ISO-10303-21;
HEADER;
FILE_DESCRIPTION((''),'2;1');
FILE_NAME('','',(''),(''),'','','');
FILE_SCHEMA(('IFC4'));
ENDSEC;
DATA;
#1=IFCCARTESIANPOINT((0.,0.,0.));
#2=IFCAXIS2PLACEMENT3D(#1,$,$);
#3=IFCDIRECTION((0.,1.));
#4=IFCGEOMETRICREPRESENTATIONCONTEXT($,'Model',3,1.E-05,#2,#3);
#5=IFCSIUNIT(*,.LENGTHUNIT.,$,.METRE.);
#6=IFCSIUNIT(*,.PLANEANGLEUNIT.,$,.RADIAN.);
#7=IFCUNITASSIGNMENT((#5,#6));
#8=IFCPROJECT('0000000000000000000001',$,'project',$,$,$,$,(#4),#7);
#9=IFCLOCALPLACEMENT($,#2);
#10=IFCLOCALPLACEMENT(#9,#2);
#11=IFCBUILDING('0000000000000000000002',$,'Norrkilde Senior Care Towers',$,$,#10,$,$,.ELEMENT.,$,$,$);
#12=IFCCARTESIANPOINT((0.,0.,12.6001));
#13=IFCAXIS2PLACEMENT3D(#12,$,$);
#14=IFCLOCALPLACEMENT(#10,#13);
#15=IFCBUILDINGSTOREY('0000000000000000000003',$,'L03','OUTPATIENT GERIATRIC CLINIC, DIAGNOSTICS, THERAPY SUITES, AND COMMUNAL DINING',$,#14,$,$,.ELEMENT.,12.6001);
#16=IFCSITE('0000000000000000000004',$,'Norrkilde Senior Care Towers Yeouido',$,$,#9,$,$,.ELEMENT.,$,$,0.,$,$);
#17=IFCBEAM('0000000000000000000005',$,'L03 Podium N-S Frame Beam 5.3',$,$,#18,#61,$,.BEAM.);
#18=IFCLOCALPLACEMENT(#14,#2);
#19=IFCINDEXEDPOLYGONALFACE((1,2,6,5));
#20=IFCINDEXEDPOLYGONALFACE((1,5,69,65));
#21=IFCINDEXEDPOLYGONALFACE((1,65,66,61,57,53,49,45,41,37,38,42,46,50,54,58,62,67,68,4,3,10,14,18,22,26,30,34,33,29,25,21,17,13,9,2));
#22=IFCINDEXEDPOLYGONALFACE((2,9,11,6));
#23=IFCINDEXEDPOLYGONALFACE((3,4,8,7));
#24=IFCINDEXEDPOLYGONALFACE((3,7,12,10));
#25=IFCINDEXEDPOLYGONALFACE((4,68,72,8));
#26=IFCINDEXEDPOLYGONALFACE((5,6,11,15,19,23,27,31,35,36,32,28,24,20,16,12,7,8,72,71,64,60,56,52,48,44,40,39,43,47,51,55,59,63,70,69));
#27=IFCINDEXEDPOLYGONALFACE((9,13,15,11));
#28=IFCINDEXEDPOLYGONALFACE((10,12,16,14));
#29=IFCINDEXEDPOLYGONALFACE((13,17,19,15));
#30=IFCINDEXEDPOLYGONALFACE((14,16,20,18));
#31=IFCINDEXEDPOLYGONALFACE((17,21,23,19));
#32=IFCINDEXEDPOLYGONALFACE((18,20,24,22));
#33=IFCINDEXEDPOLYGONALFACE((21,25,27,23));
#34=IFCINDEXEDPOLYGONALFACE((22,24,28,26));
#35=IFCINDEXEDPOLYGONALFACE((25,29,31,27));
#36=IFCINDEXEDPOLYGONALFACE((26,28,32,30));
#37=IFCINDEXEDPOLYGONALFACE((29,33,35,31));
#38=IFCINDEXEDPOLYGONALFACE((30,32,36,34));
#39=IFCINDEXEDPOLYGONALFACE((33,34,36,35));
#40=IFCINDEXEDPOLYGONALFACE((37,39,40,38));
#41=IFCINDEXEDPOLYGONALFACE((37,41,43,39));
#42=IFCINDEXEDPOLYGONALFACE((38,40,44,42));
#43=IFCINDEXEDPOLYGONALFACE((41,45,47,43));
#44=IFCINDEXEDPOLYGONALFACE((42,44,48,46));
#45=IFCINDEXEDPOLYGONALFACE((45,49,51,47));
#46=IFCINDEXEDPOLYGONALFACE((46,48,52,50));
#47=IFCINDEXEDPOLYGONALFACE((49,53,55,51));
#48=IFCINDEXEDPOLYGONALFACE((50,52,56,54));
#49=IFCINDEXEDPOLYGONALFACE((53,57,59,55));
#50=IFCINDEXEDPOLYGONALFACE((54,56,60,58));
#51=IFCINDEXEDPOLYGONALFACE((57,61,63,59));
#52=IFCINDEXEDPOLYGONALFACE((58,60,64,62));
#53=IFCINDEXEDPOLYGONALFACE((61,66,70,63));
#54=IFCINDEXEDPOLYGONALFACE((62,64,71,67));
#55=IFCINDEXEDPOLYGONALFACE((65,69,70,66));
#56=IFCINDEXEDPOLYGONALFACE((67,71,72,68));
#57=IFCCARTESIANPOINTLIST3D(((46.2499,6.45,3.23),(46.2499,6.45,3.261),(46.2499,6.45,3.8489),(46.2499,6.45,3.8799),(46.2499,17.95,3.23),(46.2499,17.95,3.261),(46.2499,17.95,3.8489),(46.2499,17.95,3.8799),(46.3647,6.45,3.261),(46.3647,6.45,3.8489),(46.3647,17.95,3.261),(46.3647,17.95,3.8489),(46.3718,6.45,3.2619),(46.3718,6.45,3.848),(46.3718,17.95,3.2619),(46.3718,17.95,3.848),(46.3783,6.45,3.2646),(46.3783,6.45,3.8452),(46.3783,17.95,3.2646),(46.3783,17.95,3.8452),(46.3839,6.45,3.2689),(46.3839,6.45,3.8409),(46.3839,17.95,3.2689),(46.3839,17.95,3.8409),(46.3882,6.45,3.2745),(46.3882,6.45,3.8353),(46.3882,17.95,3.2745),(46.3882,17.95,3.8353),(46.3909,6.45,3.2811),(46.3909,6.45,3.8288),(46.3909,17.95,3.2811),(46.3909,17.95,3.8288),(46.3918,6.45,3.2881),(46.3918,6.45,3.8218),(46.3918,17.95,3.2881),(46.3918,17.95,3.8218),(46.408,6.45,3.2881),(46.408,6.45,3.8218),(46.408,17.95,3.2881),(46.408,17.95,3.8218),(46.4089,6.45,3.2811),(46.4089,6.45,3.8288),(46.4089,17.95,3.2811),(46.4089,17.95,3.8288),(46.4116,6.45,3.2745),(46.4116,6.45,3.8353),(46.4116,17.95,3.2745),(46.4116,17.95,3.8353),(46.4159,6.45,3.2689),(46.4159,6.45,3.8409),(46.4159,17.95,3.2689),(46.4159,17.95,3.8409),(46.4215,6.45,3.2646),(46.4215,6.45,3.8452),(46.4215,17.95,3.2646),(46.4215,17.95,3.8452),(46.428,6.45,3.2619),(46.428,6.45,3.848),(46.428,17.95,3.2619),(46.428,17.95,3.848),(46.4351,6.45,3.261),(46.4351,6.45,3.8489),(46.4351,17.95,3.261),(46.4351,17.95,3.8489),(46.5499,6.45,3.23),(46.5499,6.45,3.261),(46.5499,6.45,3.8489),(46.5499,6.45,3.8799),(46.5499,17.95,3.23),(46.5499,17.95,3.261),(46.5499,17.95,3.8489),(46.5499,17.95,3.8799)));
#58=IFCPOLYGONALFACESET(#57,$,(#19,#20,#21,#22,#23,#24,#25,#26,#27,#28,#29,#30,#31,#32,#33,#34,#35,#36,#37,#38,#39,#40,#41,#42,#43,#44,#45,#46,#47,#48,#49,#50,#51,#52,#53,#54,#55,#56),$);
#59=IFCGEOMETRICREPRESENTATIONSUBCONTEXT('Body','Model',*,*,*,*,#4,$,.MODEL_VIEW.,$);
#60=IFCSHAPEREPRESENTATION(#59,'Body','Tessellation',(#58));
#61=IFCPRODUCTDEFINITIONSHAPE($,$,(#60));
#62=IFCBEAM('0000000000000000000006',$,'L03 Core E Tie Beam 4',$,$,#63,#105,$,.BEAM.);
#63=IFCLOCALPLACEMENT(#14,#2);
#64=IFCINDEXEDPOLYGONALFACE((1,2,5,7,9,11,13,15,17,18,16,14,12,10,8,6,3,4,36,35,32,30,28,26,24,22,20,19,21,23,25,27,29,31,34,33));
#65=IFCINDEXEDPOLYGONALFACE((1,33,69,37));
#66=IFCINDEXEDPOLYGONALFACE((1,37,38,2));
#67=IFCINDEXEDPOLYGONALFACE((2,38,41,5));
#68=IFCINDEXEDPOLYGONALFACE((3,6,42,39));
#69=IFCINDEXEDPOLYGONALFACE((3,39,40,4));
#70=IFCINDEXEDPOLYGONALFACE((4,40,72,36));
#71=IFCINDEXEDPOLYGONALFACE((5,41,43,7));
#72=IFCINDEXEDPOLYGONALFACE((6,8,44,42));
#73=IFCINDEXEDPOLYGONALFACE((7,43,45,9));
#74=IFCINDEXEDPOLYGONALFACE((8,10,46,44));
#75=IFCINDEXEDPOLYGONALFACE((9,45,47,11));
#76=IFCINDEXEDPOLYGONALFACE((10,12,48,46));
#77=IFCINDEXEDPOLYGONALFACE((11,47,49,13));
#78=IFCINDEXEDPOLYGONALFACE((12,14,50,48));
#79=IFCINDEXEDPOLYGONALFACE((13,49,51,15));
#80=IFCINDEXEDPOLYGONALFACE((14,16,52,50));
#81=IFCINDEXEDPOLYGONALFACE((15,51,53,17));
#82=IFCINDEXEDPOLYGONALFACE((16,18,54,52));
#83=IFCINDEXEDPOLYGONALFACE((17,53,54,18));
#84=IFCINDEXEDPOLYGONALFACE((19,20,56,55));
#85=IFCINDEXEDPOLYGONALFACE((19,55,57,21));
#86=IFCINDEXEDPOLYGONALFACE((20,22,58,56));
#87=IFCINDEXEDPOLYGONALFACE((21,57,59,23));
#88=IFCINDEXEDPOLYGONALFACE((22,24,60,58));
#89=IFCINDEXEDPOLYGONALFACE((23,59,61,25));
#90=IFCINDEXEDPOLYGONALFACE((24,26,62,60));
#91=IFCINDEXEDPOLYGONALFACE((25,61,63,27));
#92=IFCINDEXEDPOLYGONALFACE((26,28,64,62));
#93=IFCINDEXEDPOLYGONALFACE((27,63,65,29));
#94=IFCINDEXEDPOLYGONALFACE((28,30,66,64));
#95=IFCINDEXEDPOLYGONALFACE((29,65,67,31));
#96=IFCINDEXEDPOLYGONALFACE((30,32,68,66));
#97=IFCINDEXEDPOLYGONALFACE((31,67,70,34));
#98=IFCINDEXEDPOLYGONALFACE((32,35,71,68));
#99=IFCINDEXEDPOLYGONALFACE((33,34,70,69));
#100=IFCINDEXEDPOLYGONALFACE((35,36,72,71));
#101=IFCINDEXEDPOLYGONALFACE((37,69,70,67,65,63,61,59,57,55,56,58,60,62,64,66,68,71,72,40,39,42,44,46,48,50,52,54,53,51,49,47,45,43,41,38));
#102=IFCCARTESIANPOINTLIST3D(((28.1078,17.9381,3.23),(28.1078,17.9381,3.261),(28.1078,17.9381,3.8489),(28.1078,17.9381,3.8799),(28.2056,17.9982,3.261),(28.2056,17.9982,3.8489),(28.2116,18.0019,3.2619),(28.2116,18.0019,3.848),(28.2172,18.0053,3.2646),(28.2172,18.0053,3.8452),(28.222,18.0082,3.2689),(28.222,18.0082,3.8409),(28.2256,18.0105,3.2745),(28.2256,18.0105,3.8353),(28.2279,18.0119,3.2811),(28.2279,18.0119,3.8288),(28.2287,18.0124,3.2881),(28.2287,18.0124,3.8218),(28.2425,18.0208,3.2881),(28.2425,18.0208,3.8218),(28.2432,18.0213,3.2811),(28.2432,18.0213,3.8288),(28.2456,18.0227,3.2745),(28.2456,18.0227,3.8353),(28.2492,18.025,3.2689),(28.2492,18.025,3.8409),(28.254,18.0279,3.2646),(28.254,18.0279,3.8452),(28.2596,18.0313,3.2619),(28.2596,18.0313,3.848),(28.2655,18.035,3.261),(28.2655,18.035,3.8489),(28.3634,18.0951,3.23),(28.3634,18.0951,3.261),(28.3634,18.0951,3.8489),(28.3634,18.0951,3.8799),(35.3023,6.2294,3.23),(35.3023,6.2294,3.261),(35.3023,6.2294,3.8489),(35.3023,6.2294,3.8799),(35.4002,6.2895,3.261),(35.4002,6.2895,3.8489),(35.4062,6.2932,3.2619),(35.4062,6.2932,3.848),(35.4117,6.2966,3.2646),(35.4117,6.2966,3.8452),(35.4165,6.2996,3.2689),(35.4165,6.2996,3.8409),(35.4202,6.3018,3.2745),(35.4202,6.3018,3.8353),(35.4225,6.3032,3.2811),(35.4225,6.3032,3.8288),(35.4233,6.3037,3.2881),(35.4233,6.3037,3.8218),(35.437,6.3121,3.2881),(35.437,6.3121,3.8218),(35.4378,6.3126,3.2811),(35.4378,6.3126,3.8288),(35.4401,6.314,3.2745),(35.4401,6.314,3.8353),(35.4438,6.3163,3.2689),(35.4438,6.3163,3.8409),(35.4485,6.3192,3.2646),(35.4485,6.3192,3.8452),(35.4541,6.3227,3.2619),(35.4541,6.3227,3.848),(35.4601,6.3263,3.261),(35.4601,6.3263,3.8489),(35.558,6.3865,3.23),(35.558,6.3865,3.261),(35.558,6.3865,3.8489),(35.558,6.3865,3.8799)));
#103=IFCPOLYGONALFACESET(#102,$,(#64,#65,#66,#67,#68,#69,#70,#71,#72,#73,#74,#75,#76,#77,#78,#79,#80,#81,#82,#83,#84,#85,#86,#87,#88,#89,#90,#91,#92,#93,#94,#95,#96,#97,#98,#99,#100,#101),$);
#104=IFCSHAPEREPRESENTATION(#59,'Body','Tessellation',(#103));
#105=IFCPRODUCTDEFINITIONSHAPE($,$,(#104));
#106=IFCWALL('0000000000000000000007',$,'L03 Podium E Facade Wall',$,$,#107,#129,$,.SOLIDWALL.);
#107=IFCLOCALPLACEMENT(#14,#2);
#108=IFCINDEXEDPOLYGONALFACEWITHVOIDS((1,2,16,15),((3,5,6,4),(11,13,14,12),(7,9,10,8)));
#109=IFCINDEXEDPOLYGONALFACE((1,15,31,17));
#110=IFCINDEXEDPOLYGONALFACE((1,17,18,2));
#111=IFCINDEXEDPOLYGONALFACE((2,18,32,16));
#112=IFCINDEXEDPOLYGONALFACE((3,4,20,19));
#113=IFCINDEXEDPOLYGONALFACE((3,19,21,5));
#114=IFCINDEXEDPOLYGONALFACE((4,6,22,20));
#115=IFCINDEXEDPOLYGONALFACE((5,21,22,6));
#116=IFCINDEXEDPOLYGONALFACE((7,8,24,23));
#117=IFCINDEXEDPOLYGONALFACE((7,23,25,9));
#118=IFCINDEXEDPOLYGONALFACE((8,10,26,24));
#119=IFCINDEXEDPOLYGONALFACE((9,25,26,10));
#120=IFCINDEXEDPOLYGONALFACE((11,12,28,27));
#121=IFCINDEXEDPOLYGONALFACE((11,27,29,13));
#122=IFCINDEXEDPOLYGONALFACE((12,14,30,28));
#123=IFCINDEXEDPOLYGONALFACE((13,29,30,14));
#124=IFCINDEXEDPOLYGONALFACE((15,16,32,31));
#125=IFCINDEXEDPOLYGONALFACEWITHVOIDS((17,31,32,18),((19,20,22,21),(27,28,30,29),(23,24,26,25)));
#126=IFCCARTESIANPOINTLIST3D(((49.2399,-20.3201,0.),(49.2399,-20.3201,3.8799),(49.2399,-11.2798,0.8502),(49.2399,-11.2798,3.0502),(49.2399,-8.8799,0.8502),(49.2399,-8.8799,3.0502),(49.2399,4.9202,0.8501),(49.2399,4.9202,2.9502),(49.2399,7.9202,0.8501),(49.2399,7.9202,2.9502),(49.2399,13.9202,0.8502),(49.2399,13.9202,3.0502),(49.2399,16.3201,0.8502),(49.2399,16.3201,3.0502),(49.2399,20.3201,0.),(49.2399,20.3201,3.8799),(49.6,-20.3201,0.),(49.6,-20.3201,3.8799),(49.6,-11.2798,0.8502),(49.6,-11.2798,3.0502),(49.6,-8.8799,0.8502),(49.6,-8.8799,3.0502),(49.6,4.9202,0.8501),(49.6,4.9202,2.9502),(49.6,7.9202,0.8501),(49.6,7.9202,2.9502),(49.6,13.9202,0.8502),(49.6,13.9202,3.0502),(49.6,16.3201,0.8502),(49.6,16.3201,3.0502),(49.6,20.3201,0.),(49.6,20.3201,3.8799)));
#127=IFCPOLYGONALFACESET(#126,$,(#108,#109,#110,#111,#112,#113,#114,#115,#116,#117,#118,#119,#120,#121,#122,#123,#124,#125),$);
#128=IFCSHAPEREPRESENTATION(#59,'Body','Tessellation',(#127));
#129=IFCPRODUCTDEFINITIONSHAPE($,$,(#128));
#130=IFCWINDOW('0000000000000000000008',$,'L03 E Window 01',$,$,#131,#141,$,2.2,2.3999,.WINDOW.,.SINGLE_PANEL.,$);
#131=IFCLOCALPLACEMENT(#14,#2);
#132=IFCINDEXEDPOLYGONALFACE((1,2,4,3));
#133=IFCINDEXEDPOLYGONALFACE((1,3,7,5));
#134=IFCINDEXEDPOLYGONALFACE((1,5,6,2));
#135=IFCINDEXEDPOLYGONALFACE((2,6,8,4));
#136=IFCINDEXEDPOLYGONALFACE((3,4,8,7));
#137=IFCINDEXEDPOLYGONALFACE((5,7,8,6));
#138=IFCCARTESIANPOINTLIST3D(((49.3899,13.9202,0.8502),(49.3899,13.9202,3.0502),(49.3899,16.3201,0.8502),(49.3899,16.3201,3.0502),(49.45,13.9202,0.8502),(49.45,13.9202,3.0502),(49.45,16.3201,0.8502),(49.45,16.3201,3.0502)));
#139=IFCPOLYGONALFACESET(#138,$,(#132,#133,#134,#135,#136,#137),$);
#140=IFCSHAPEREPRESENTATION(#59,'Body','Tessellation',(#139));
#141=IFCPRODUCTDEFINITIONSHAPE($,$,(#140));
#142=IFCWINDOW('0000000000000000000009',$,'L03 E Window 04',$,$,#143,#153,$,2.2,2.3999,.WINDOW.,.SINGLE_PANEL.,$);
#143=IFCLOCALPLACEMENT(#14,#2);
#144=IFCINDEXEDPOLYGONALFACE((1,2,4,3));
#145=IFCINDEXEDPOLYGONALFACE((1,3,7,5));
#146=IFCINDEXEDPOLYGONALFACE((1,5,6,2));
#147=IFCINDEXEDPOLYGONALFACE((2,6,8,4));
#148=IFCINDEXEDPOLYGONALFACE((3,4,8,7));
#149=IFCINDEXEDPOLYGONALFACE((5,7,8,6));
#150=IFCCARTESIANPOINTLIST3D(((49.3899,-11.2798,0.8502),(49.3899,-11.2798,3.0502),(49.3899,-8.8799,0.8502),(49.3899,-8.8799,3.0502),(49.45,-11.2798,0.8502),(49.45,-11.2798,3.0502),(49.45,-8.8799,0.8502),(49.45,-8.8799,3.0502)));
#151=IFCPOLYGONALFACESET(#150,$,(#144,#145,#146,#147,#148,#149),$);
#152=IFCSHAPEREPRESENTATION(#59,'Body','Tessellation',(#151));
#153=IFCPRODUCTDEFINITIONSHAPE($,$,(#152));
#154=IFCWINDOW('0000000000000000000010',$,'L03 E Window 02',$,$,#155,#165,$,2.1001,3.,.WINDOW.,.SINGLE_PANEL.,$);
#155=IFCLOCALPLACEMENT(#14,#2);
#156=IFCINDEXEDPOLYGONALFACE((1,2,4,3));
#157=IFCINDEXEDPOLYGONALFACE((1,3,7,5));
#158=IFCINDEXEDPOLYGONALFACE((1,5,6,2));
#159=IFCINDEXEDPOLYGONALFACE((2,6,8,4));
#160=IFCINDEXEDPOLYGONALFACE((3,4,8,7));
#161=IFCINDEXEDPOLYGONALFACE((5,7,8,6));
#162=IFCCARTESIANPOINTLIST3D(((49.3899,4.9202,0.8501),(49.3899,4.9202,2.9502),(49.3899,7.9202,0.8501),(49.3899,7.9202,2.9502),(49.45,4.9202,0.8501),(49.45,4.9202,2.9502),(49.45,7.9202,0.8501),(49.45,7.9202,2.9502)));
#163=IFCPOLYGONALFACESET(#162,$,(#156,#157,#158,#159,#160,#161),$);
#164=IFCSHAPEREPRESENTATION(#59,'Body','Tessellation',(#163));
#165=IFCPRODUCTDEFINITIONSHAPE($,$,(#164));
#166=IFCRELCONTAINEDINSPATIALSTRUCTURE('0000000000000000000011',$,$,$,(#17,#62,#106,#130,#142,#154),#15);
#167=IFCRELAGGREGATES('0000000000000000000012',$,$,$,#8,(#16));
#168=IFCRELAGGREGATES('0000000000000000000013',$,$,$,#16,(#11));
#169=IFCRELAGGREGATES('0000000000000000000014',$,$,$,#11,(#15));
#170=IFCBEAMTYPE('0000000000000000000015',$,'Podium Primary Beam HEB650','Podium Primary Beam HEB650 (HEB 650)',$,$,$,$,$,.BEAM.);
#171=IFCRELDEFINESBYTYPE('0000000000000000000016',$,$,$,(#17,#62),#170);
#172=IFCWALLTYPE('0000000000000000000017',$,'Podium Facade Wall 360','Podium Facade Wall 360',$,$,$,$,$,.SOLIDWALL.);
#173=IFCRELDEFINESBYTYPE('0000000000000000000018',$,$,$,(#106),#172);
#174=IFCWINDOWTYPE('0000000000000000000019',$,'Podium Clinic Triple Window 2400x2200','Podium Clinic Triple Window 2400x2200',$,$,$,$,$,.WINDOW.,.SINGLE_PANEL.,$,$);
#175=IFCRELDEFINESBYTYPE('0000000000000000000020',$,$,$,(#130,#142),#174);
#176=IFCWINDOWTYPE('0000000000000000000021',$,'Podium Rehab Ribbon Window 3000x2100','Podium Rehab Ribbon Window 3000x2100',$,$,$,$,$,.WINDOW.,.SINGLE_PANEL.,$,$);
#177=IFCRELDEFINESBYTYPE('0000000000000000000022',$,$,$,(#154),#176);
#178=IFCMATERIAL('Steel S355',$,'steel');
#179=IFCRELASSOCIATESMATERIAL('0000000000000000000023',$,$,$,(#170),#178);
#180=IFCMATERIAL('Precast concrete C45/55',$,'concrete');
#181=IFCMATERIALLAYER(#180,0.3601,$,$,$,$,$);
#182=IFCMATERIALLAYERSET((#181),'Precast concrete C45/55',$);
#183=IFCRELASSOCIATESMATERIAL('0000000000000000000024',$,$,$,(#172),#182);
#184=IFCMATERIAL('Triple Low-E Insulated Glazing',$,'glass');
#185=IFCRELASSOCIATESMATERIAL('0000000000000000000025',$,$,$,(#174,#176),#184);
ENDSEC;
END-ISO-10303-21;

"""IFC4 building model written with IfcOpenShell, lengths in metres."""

from ifc_helpers import new_model, si_unit, direction, frame, frame_2d, origin, origin_2d, place, context, subcontext, project, spatial, rectangle, i_section, extrude, source, transform, mapped, material, layer, layer_set, material_profile, profile_set, type_object, type_shapes, element, fill, save


model = new_model("IFC4")

# Units and contexts
model_context = context("Model", 3, precision=1e-05, world=origin(), true_north=direction((0.0, 1.0)))
body_context = subcontext(model_context, "Body", "Model", "MODEL_VIEW")
ifc_project = project(units=[si_unit("LENGTHUNIT", "METRE"), si_unit("PLANEANGLEUNIT", "RADIAN")], contexts=[model_context])

# Site, building, storey
site_placement = place(None, origin())
site = spatial("IfcSite", under=ifc_project, at=site_placement, Name="Norrkilde Senior Care Towers Yeouido", CompositionType="ELEMENT", RefElevation=0.0)
building_placement = place(site_placement, origin())
building = spatial("IfcBuilding", under=site, at=building_placement, Name="Norrkilde Senior Care Towers", CompositionType="ELEMENT")
storey_placement = place(building_placement, frame((0.0, 0.0, 12.6001)))
storey = spatial("IfcBuildingStorey", under=building, at=storey_placement, Name="L03", Description="OUTPATIENT GERIATRIC CLINIC, DIAGNOSTICS, THERAPY SUITES, AND COMMUNAL DINING", CompositionType="ELEMENT", Elevation=12.6001)

# Beams
ifc_material_1 = material(Name="Steel S355", Category="steel")
ifc_material_profile_1 = material_profile(ifc_material_1, i_section(OverallWidth=0.3, OverallDepth=0.6499, WebThickness=0.0161, FlangeThickness=0.031, FilletRadius=0.0271, at=origin_2d()), Name="HEB 650")
ifc_profile_set_1 = profile_set([ifc_material_profile_1], Name="Steel S355")
beam_type = type_object("IfcBeamType", Name="Podium Primary Beam HEB650", Description="Podium Primary Beam HEB650 (HEB 650)", PredefinedType="BEAM", material=ifc_profile_set_1)
shared_shape_1 = source(origin(), body_context, "Body", "SweptSolid", [
    extrude(i_section(OverallWidth=0.3, OverallDepth=0.6499, WebThickness=0.0161, FlangeThickness=0.031, FilletRadius=0.0271, at=origin_2d()), origin(), (0.0, 0.0, 1.0), 11.5),
])
beam_1_placement = place(storey_placement, frame((46.3999, 6.45, 3.5549), z_axis=(0.0, 1.0, 0.0), x_axis=(-1.0, 0.0, 0.0)))
element("IfcBeam", 1, at=beam_1_placement, inside=storey, type_object=beam_type, Name="L03 Podium N-S Frame Beam 5.3", PredefinedType="BEAM", context=body_context, shape_type="MappedRepresentation", body=[
    mapped(shared_shape_1, transform((0.0, 0.0, 0.0), x_axis=(1.0, 0.0, 0.0), y_axis=(0.0, 1.0, 0.0), z_axis=(0.0, 0.0, 1.0), scale=1.0)),
])
shared_shape_2 = source(origin(), body_context, "Body", "SweptSolid", [
    extrude(i_section(OverallWidth=0.3, OverallDepth=0.6499, WebThickness=0.0161, FlangeThickness=0.031, FilletRadius=0.0271, at=origin_2d()), origin(), (0.0, 0.0, 1.0), 13.7424),
])
beam_2_placement = place(storey_placement, frame((28.2356, 18.0166, 3.5549), z_axis=(0.523527, -0.852009, 0.0), x_axis=(0.852009, 0.523527, 0.0)))
element("IfcBeam", 2, at=beam_2_placement, inside=storey, type_object=beam_type, Name="L03 Core E Tie Beam 4", PredefinedType="BEAM", context=body_context, shape_type="MappedRepresentation", body=[
    mapped(shared_shape_2, transform((0.0, 0.0, 0.0), x_axis=(1.0, 0.0, 0.0), y_axis=(0.0, 1.0, 0.0), z_axis=(0.0, 0.0, 1.0), scale=1.0)),
])

# Wall, openings, windows
ifc_material_2 = material(Name="Precast concrete C45/55", Category="concrete")
ifc_layer_1 = layer(ifc_material_2, 0.3601)
ifc_layer_set_1 = layer_set([ifc_layer_1], Name="Precast concrete C45/55")
wall_type_1 = type_object("IfcWallType", Name="Podium Facade Wall 360", Description="Podium Facade Wall 360", PredefinedType="SOLIDWALL", material=ifc_layer_set_1)
shared_shape_3 = source(origin(), body_context, "Body", "SweptSolid", [
    extrude(rectangle(XDim=40.6401, YDim=0.3601, at=frame_2d((20.3201, 0.0))), origin(), (0.0, 0.0, 1.0), 3.8799),
])
type_shapes(wall_type_1, [shared_shape_3])
wall_1_placement = place(storey_placement, frame((49.4199, 20.3201, 0.0), z_axis=(0.0, 0.0, 1.0), x_axis=(0.0, -1.0, 0.0)))
wall_1 = element("IfcWall", 3, at=wall_1_placement, inside=storey, type_object=wall_type_1, Name="L03 Podium E Facade Wall", PredefinedType="SOLIDWALL", context=body_context, shape_type="MappedRepresentation", body=[
    mapped(shared_shape_3, transform((0.0, 0.0, 0.0), x_axis=(1.0, 0.0, 0.0), y_axis=(0.0, 1.0, 0.0), z_axis=(0.0, 0.0, 1.0), scale=1.0)),
])
opening_1_placement = place(wall_1_placement, frame((4.0, 0.0, 0.8501)))
opening_1 = element("IfcOpeningElement", 4, at=opening_1_placement, cuts=wall_1, PredefinedType="OPENING", context=body_context, shape_type="SweptSolid", body=[
    extrude(rectangle(XDim=2.3999, YDim=2.2, at=frame_2d((1.2, 1.1001))), frame((0.0, 0.1899, 0.0), z_axis=(0.0, -1.0, 0.0), x_axis=(1.0, 0.0, 0.0)), (0.0, 0.0, 1.0), 0.3801),
])
opening_2_placement = place(wall_1_placement, frame((12.3999, 0.0, 0.8501)))
opening_2 = element("IfcOpeningElement", 5, at=opening_2_placement, cuts=wall_1, PredefinedType="OPENING", context=body_context, shape_type="SweptSolid", body=[
    extrude(rectangle(XDim=3.0, YDim=2.1001, at=frame_2d((1.5, 1.05))), frame((0.0, 0.1899, 0.0), z_axis=(0.0, -1.0, 0.0), x_axis=(1.0, 0.0, 0.0)), (0.0, 0.0, 1.0), 0.3801),
])
opening_3_placement = place(wall_1_placement, frame((29.2, 0.0, 0.8501)))
opening_3 = element("IfcOpeningElement", 6, at=opening_3_placement, cuts=wall_1, PredefinedType="OPENING", context=body_context, shape_type="SweptSolid", body=[
    extrude(rectangle(XDim=2.3999, YDim=2.2, at=frame_2d((1.2, 1.1001))), frame((0.0, 0.1899, 0.0), z_axis=(0.0, -1.0, 0.0), x_axis=(1.0, 0.0, 0.0)), (0.0, 0.0, 1.0), 0.3801),
])
ifc_material_3 = material(Name="Triple Low-E Insulated Glazing", Category="glass")
window_type_1 = type_object("IfcWindowType", Name="Podium Clinic Triple Window 2400x2200", Description="Podium Clinic Triple Window 2400x2200", PartitioningType="SINGLE_PANEL", PredefinedType="WINDOW", material=ifc_material_3)
shared_shape_4 = source(origin(), body_context, "Body", "SweptSolid", [
    extrude(rectangle(XDim=2.3999, YDim=2.2, at=frame_2d((1.2, 1.1001))), frame((0.0, 0.03, 0.0), z_axis=(0.0, -1.0, 0.0), x_axis=(1.0, 0.0, 0.0)), (0.0, 0.0, 1.0), 0.0601),
])
type_shapes(window_type_1, [shared_shape_4])
window_1_placement = place(opening_1_placement, origin())
window_1 = element("IfcWindow", 7, at=window_1_placement, inside=storey, type_object=window_type_1, Name="L03 E Window 01", OverallHeight=2.2, OverallWidth=2.3999, PartitioningType="SINGLE_PANEL", PredefinedType="WINDOW", context=body_context, shape_type="MappedRepresentation", body=[
    mapped(shared_shape_4, transform((0.0, 0.0, 0.0), x_axis=(1.0, 0.0, 0.0), y_axis=(0.0, 1.0, 0.0), z_axis=(0.0, 0.0, 1.0), scale=1.0)),
])
fill(opening_1, window_1)
window_2_placement = place(opening_3_placement, origin())
window_2 = element("IfcWindow", 8, at=window_2_placement, inside=storey, type_object=window_type_1, Name="L03 E Window 04", OverallHeight=2.2, OverallWidth=2.3999, PartitioningType="SINGLE_PANEL", PredefinedType="WINDOW", context=body_context, shape_type="MappedRepresentation", body=[
    mapped(shared_shape_4, transform((0.0, 0.0, 0.0), x_axis=(1.0, 0.0, 0.0), y_axis=(0.0, 1.0, 0.0), z_axis=(0.0, 0.0, 1.0), scale=1.0)),
])
fill(opening_3, window_2)
window_type_2 = type_object("IfcWindowType", Name="Podium Rehab Ribbon Window 3000x2100", Description="Podium Rehab Ribbon Window 3000x2100", PartitioningType="SINGLE_PANEL", PredefinedType="WINDOW", material=ifc_material_3)
shared_shape_5 = source(origin(), body_context, "Body", "SweptSolid", [
    extrude(rectangle(XDim=3.0, YDim=2.1001, at=frame_2d((1.5, 1.05))), frame((0.0, 0.03, 0.0), z_axis=(0.0, -1.0, 0.0), x_axis=(1.0, 0.0, 0.0)), (0.0, 0.0, 1.0), 0.0601),
])
type_shapes(window_type_2, [shared_shape_5])
window_3_placement = place(opening_2_placement, origin())
window_3 = element("IfcWindow", 9, at=window_3_placement, inside=storey, type_object=window_type_2, Name="L03 E Window 02", OverallHeight=2.1001, OverallWidth=3.0, PartitioningType="SINGLE_PANEL", PredefinedType="WINDOW", context=body_context, shape_type="MappedRepresentation", body=[
    mapped(shared_shape_5, transform((0.0, 0.0, 0.0), x_axis=(1.0, 0.0, 0.0), y_axis=(0.0, 1.0, 0.0), z_axis=(0.0, 0.0, 1.0), scale=1.0)),
])
fill(opening_2, window_3)

save(model, "model.ifc")
